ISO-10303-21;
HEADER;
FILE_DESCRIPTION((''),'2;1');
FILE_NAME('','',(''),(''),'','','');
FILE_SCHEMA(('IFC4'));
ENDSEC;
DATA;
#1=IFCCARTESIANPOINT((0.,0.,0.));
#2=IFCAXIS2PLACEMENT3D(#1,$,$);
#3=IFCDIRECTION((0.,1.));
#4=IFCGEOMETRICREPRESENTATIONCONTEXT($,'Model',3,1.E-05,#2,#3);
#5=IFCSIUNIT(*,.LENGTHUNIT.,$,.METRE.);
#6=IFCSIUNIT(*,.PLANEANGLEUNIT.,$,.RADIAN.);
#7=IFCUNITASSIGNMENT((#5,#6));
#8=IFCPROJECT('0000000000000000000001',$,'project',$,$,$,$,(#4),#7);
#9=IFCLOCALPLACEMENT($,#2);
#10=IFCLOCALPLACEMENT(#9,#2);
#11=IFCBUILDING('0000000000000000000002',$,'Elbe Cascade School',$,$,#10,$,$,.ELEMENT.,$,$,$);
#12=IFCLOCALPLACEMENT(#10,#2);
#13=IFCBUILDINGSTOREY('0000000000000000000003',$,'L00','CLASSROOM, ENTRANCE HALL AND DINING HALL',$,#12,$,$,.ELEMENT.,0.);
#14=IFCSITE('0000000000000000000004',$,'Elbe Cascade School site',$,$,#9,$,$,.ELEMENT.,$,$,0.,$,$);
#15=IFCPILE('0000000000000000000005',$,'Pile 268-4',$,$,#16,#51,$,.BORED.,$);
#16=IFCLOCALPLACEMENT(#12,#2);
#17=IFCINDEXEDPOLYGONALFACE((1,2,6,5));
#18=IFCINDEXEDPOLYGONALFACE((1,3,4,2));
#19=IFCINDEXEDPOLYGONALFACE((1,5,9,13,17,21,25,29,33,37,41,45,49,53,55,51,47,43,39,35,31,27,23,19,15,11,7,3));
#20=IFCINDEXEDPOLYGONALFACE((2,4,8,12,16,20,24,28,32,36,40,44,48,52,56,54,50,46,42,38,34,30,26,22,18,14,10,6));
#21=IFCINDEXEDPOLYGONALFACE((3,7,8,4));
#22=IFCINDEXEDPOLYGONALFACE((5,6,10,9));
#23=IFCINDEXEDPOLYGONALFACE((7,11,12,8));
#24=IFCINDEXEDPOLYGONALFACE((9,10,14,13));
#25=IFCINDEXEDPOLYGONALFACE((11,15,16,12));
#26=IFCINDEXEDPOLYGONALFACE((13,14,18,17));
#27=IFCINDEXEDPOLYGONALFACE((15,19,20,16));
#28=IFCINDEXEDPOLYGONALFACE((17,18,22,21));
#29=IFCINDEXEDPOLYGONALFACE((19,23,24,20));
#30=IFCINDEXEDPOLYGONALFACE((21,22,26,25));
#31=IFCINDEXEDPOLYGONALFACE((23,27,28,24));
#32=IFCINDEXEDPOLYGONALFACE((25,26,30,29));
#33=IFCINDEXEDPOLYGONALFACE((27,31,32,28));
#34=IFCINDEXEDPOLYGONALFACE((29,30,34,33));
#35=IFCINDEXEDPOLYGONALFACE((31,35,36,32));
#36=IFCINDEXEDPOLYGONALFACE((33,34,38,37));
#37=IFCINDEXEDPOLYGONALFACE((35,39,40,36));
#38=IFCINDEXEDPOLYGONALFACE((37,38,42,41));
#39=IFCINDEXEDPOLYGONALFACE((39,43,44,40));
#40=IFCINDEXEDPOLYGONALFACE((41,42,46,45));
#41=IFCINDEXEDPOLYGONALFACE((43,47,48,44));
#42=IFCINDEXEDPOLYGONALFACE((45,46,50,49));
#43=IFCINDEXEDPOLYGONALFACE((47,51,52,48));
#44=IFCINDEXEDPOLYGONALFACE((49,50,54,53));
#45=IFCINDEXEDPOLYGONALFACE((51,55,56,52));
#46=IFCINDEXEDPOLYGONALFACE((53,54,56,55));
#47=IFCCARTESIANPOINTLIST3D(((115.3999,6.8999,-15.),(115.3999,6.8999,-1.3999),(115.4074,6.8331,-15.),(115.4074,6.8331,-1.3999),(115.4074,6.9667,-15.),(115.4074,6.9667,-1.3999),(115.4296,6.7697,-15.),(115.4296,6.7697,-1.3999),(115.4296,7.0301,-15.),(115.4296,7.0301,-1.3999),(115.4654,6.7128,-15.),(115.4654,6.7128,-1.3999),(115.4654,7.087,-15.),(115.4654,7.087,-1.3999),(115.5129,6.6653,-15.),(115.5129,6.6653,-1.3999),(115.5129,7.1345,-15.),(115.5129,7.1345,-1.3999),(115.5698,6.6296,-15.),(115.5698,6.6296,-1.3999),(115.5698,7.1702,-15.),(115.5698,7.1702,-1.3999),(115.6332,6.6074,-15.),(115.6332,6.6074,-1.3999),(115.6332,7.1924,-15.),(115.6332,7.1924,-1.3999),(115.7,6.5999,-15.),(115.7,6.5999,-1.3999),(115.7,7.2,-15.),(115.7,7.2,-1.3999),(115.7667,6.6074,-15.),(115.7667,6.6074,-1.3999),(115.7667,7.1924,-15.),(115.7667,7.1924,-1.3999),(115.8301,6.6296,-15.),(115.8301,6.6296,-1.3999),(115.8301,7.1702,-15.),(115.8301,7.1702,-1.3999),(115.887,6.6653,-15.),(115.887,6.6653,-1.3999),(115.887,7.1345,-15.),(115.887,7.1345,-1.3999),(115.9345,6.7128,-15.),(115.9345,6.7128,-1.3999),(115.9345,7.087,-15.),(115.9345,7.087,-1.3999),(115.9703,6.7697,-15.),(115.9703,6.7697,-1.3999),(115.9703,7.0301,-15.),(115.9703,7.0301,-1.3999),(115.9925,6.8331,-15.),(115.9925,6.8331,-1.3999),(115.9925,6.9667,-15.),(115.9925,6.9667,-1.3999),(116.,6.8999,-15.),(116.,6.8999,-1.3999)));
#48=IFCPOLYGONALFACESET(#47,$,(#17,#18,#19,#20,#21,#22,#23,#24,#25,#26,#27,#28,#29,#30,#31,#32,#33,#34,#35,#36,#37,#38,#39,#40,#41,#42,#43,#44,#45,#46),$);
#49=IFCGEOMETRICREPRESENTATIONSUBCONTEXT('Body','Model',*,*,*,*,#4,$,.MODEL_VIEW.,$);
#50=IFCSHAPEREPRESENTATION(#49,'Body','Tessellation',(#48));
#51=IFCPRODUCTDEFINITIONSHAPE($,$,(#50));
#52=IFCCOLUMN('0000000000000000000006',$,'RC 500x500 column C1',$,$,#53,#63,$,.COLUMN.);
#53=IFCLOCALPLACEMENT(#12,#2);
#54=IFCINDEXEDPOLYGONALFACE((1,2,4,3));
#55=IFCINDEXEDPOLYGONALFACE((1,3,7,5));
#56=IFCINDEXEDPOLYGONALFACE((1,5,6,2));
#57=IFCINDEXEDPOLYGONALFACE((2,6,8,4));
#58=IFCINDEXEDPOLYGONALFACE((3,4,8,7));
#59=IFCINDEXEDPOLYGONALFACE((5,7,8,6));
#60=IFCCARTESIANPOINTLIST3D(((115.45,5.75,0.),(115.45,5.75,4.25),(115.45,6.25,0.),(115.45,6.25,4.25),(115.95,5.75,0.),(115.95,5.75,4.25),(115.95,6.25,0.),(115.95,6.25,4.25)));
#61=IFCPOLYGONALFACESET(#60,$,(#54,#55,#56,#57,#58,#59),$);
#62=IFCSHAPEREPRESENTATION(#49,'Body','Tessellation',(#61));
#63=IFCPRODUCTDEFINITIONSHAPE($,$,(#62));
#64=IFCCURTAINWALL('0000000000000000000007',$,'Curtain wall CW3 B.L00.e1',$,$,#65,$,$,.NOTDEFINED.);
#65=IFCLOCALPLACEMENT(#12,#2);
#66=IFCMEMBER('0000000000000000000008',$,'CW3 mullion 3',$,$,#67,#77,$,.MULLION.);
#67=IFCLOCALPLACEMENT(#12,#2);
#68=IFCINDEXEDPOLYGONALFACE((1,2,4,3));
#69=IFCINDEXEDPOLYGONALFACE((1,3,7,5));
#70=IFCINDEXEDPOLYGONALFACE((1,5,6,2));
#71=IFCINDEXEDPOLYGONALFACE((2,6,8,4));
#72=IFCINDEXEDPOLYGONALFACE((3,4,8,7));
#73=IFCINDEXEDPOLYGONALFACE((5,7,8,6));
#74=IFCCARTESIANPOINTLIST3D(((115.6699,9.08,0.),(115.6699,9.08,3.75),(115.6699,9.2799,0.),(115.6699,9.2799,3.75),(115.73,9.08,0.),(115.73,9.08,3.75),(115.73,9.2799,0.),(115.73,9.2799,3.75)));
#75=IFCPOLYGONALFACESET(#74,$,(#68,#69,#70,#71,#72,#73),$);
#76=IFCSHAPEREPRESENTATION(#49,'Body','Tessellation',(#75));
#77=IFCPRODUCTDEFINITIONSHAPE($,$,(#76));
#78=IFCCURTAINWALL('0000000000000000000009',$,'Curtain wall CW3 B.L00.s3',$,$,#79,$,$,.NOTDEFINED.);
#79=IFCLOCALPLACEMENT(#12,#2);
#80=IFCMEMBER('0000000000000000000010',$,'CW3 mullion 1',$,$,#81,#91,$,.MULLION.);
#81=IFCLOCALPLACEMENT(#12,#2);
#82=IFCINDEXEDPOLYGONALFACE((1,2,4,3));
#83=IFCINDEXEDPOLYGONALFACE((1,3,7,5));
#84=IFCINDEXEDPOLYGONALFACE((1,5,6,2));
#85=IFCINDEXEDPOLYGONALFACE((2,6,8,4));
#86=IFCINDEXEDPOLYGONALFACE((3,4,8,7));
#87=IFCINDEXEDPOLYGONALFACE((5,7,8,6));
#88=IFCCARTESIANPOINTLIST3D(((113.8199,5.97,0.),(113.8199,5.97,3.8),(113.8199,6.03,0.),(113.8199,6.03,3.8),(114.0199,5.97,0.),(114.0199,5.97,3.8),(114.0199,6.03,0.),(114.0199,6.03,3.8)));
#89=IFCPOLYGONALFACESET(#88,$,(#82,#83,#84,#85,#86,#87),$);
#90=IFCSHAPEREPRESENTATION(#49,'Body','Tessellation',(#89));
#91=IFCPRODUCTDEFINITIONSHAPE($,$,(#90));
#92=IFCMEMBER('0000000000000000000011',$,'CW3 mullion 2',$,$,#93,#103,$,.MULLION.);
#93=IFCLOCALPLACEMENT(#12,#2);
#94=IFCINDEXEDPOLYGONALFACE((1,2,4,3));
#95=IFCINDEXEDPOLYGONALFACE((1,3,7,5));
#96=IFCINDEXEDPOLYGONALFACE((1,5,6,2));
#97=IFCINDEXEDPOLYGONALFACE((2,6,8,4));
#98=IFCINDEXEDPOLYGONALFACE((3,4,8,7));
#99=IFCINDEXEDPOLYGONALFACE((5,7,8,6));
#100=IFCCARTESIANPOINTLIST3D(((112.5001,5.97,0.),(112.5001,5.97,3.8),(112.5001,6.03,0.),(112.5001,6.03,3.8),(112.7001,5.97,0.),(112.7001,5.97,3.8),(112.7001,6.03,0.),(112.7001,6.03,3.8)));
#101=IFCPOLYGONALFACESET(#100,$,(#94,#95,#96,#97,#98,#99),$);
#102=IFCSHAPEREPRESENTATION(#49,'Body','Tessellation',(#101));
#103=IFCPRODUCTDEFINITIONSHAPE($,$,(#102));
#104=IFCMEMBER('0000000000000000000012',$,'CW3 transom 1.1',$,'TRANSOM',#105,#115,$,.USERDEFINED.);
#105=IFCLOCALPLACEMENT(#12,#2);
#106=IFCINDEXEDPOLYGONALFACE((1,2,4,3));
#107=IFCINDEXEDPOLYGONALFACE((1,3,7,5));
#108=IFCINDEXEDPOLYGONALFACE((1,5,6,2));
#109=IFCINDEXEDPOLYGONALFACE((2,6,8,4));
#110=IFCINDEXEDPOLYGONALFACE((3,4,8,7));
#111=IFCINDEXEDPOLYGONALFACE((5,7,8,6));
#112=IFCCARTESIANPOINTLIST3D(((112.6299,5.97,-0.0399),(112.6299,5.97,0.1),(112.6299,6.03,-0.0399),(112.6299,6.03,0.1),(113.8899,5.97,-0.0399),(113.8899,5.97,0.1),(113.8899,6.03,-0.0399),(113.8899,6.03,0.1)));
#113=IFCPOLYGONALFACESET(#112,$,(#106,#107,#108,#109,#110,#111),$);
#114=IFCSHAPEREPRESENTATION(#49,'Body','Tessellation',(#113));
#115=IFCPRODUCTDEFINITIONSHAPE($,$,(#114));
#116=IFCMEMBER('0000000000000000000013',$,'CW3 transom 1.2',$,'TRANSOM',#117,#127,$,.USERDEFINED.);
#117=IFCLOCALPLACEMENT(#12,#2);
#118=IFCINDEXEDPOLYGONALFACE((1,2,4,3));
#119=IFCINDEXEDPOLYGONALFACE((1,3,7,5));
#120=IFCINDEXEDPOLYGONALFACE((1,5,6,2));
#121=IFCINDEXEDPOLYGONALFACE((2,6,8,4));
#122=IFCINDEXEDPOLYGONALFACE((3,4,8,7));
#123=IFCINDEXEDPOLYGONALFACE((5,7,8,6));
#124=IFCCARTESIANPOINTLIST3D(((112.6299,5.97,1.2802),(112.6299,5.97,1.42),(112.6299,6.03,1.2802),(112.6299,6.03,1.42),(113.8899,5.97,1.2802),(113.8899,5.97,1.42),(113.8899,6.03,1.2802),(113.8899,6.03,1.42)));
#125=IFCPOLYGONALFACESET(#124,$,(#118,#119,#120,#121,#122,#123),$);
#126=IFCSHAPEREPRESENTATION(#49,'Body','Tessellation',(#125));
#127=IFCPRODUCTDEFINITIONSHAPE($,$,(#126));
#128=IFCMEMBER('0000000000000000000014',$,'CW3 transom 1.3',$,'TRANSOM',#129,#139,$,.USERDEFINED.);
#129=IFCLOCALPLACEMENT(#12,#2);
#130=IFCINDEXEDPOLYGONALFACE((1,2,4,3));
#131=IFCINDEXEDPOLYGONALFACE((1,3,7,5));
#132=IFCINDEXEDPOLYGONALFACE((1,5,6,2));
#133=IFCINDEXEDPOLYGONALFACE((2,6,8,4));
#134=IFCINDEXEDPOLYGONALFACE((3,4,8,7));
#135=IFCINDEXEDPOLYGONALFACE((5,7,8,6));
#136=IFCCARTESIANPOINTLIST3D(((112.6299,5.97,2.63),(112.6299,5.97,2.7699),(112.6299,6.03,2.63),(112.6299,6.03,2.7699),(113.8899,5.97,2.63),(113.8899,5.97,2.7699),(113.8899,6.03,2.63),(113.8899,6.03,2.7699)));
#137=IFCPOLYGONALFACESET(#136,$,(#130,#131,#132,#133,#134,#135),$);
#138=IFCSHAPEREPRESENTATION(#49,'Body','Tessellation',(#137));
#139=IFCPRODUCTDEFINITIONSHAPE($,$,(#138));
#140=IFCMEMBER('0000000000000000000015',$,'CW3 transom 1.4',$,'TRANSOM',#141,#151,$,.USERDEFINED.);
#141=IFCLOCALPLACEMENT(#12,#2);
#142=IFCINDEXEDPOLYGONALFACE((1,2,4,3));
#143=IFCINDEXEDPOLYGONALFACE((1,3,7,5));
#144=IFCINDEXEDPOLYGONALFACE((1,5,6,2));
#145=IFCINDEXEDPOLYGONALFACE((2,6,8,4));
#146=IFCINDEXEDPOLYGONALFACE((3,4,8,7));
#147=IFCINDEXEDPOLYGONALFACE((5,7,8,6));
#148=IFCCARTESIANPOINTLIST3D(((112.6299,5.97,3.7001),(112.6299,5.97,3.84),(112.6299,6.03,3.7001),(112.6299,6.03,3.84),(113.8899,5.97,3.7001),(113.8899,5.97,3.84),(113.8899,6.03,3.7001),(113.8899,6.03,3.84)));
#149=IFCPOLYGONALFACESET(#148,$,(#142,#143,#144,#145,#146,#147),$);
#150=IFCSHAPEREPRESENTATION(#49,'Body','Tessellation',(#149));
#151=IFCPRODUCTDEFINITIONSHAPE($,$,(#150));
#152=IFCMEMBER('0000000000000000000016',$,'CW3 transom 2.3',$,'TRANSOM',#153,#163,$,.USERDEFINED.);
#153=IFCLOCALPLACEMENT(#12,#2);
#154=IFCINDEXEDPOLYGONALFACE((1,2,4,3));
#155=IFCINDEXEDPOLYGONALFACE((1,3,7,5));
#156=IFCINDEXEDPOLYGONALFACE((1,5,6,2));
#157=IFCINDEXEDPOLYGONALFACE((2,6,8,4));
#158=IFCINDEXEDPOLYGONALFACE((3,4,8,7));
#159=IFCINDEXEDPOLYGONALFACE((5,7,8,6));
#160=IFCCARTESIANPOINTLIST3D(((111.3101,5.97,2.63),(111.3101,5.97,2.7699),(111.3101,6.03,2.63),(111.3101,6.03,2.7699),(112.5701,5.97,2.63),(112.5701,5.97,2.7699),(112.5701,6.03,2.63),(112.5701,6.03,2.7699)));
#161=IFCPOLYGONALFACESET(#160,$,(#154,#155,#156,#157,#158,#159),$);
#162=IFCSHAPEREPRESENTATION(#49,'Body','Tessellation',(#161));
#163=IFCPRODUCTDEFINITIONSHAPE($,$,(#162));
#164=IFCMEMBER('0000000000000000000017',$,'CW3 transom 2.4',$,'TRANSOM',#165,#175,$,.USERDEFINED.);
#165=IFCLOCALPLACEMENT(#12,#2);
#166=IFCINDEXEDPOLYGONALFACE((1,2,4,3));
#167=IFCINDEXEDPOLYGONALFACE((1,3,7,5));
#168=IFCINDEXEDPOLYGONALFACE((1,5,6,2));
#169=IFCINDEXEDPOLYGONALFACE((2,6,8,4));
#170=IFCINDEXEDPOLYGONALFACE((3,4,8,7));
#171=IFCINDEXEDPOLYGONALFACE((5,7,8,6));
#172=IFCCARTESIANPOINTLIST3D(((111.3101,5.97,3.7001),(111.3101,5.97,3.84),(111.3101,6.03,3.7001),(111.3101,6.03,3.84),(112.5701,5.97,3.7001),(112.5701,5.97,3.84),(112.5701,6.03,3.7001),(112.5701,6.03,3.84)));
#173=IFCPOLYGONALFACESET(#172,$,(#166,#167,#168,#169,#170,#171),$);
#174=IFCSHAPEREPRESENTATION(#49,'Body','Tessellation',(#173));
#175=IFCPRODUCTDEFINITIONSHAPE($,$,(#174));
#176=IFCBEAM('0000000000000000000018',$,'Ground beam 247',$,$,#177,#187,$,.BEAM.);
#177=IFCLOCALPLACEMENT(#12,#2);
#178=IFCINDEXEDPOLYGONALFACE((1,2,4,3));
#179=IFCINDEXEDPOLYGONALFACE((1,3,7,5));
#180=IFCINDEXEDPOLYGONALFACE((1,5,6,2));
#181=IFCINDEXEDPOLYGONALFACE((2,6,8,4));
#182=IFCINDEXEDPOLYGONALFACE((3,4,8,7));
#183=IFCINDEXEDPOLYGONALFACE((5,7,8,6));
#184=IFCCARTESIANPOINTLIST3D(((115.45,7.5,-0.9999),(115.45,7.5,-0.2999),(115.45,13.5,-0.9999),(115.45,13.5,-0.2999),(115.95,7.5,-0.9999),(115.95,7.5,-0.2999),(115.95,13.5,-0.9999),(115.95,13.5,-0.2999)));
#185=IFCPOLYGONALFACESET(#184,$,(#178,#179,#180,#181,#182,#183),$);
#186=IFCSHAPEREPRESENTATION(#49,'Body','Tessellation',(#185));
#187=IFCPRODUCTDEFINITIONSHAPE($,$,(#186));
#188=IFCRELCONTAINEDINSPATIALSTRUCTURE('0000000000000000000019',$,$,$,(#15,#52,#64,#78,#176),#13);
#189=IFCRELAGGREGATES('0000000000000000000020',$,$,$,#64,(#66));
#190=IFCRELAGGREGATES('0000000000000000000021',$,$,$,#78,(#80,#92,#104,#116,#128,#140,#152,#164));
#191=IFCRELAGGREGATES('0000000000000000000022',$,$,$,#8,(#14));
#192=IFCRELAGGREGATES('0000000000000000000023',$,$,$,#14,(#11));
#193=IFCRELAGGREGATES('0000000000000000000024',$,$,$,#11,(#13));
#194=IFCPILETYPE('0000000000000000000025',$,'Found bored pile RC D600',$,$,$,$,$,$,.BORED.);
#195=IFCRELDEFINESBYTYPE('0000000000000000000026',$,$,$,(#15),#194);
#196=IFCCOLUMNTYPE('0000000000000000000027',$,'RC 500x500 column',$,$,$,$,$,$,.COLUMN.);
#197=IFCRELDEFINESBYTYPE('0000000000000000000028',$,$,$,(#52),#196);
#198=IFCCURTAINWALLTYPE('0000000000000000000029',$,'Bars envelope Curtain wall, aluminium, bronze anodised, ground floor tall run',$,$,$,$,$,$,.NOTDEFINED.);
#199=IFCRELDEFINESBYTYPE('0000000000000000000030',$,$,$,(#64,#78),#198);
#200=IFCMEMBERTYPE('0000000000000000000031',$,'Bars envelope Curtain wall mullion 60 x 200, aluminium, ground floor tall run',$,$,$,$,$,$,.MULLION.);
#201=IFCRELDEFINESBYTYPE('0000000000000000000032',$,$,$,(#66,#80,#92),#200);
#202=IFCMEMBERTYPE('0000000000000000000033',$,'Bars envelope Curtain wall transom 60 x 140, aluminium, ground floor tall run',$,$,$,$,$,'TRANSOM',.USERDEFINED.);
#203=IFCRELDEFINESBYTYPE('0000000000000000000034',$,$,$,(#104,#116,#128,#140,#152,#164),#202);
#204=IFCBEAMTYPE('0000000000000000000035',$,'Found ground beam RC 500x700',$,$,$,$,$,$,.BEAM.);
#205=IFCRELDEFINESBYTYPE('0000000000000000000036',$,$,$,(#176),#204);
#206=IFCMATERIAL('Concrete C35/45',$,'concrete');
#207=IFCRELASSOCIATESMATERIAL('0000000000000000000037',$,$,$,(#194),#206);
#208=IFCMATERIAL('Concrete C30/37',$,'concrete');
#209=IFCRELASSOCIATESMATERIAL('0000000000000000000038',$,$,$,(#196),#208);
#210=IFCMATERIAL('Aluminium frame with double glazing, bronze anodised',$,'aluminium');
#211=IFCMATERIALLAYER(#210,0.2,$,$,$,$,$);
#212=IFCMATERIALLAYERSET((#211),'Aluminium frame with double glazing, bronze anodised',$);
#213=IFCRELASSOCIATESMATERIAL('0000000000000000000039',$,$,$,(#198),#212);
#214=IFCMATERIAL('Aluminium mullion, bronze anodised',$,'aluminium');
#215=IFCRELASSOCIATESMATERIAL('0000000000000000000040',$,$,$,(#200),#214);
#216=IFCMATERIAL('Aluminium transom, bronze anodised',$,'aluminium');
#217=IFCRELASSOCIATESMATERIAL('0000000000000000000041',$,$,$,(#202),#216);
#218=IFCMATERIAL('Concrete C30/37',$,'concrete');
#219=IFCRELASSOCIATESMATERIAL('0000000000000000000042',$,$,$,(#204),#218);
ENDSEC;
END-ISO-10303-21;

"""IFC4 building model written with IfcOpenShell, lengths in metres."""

from ifc_helpers import new_model, si_unit, direction, frame, origin, origin_2d, place, context, subcontext, project, spatial, rectangle, circle, extrude, material, layer, layer_set, material_profile, profile_set, type_object, element, aggregate, save


model = new_model("IFC4")

# Units and contexts
model_context = context("Model", 3, precision=1e-05, world=origin(), true_north=direction((0.0, 1.0)))
body_context = subcontext(model_context, "Body", "Model", "MODEL_VIEW")
ifc_project = project(units=[si_unit("LENGTHUNIT", "METRE"), si_unit("PLANEANGLEUNIT", "RADIAN")], contexts=[model_context])

# Site, building, storey
site_placement = place(None, origin())
site = spatial("IfcSite", under=ifc_project, at=site_placement, Name="Elbe Cascade School site", CompositionType="ELEMENT", RefElevation=0.0)
building_placement = place(site_placement, origin())
building = spatial("IfcBuilding", under=site, at=building_placement, Name="Elbe Cascade School", CompositionType="ELEMENT")
storey_placement = place(building_placement, origin())
storey = spatial("IfcBuildingStorey", under=building, at=storey_placement, Name="L00", Description="CLASSROOM, ENTRANCE HALL AND DINING HALL", CompositionType="ELEMENT", Elevation=0.0)

# Pile
ifc_material_1 = material(Name="Concrete C35/45", Category="concrete")
ifc_material_profile_1 = material_profile(ifc_material_1, circle(Radius=0.3, at=origin_2d()), Name="RC D600")
ifc_profile_set_1 = profile_set([ifc_material_profile_1], Name="Concrete C35/45")
pile_type = type_object("IfcPileType", Name="Found bored pile RC D600", PredefinedType="BORED", material=ifc_profile_set_1)
pile_placement = place(storey_placement, frame((115.7, 6.8999, -1.3999), z_axis=(0.0, 0.0, -1.0), x_axis=(1.0, 0.0, 0.0)))
element("IfcPile", 1, at=pile_placement, inside=storey, type_object=pile_type, Name="Pile 268-4", PredefinedType="BORED", context=body_context, shape_type="SweptSolid", body=[
    extrude(circle(Radius=0.3, at=origin_2d()), origin(), (0.0, 0.0, 1.0), 13.6001),
])

# Column
ifc_material_2 = material(Name="Concrete C30/37", Category="concrete")
ifc_material_profile_2 = material_profile(ifc_material_2, rectangle(XDim=0.5, YDim=0.5, at=origin_2d()), Name="RC 500x500")
ifc_profile_set_2 = profile_set([ifc_material_profile_2], Name="Concrete C30/37")
column_type = type_object("IfcColumnType", Name="RC 500x500 column", PredefinedType="COLUMN", material=ifc_profile_set_2)
column_placement = place(storey_placement, frame((115.7, 6.0, 0.0), z_axis=(0.0, 0.0, 1.0), x_axis=(1.0, 0.0, 0.0)))
element("IfcColumn", 2, at=column_placement, inside=storey, type_object=column_type, Name="RC 500x500 column C1", PredefinedType="COLUMN", context=body_context, shape_type="SweptSolid", body=[
    extrude(rectangle(XDim=0.5, YDim=0.5, at=origin_2d()), origin(), (0.0, 0.0, 1.0), 4.25),
])

# Curtain wall, member
ifc_material_3 = material(Name="Aluminium frame with double glazing, bronze anodised", Category="aluminium")
ifc_layer_1 = layer(ifc_material_3, 0.2)
ifc_layer_set_1 = layer_set([ifc_layer_1], Name="Aluminium frame with double glazing, bronze anodised")
curtain_wall_type = type_object("IfcCurtainWallType", Name="Bars envelope Curtain wall, aluminium, bronze anodised, ground floor tall run", PredefinedType="NOTDEFINED", material=ifc_layer_set_1)
curtain_wall_1_placement = place(storey_placement, origin())
curtain_wall_1 = element("IfcCurtainWall", 3, at=curtain_wall_1_placement, inside=storey, type_object=curtain_wall_type, Name="Curtain wall CW3 B.L00.e1", PredefinedType="NOTDEFINED")
ifc_material_4 = material(Name="Aluminium mullion, bronze anodised", Category="aluminium")
ifc_material_profile_3 = material_profile(ifc_material_4, rectangle(XDim=0.0601, YDim=0.2, at=origin_2d()), Name="Bars envelope Curtain wall mullion 60 x 200, aluminium, ground floor tall run")
ifc_profile_set_3 = profile_set([ifc_material_profile_3], Name="Aluminium mullion, bronze anodised")
member_type_1 = type_object("IfcMemberType", Name="Bars envelope Curtain wall mullion 60 x 200, aluminium, ground floor tall run", PredefinedType="MULLION", material=ifc_profile_set_3)
member_1_placement = place(storey_placement, frame((115.7, 9.1799, 0.0), z_axis=(0.0, 0.0, 1.0), x_axis=(1.0, 0.0, 0.0)))
member_1 = element("IfcMember", 4, at=member_1_placement, type_object=member_type_1, Name="CW3 mullion 3", PredefinedType="MULLION", context=body_context, shape_type="SweptSolid", body=[
    extrude(rectangle(XDim=0.0601, YDim=0.2, at=origin_2d()), origin(), (0.0, 0.0, 1.0), 3.75),
])

# Curtain wall, members
curtain_wall_2_placement = place(storey_placement, origin())
curtain_wall_2 = element("IfcCurtainWall", 5, at=curtain_wall_2_placement, inside=storey, type_object=curtain_wall_type, Name="Curtain wall CW3 B.L00.s3", PredefinedType="NOTDEFINED")
member_2_placement = place(storey_placement, frame((113.9199, 6.0, 0.0), z_axis=(0.0, 0.0, 1.0), x_axis=(0.0, -1.0, 0.0)))
member_2 = element("IfcMember", 6, at=member_2_placement, type_object=member_type_1, Name="CW3 mullion 1", PredefinedType="MULLION", context=body_context, shape_type="SweptSolid", body=[
    extrude(rectangle(XDim=0.0601, YDim=0.2, at=origin_2d()), origin(), (0.0, 0.0, 1.0), 3.8),
])
member_3_placement = place(storey_placement, frame((112.6001, 6.0, 0.0), z_axis=(0.0, 0.0, 1.0), x_axis=(0.0, -1.0, 0.0)))
member_3 = element("IfcMember", 7, at=member_3_placement, type_object=member_type_1, Name="CW3 mullion 2", PredefinedType="MULLION", context=body_context, shape_type="SweptSolid", body=[
    extrude(rectangle(XDim=0.0601, YDim=0.2, at=origin_2d()), origin(), (0.0, 0.0, 1.0), 3.8),
])
ifc_material_5 = material(Name="Aluminium transom, bronze anodised", Category="aluminium")
ifc_material_profile_4 = material_profile(ifc_material_5, rectangle(XDim=0.0601, YDim=0.1399, at=origin_2d()), Name="Bars envelope Curtain wall transom 60 x 140, aluminium, ground floor tall run")
ifc_profile_set_4 = profile_set([ifc_material_profile_4], Name="Aluminium transom, bronze anodised")
member_type_2 = type_object("IfcMemberType", Name="Bars envelope Curtain wall transom 60 x 140, aluminium, ground floor tall run", ElementType="TRANSOM", PredefinedType="USERDEFINED", material=ifc_profile_set_4)
member_4_placement = place(storey_placement, frame((113.8899, 6.0, 0.03), z_axis=(-1.0, 0.0, 0.0), x_axis=(0.0, -1.0, 0.0)))
member_4 = element("IfcMember", 8, at=member_4_placement, type_object=member_type_2, Name="CW3 transom 1.1", ObjectType="TRANSOM", PredefinedType="USERDEFINED", context=body_context, shape_type="SweptSolid", body=[
    extrude(rectangle(XDim=0.0601, YDim=0.1399, at=origin_2d()), origin(), (0.0, 0.0, 1.0), 1.26),
])
member_5_placement = place(storey_placement, frame((113.8899, 6.0, 1.3501), z_axis=(-1.0, 0.0, 0.0), x_axis=(0.0, -1.0, 0.0)))
member_5 = element("IfcMember", 9, at=member_5_placement, type_object=member_type_2, Name="CW3 transom 1.2", ObjectType="TRANSOM", PredefinedType="USERDEFINED", context=body_context, shape_type="SweptSolid", body=[
    extrude(rectangle(XDim=0.0601, YDim=0.1399, at=origin_2d()), origin(), (0.0, 0.0, 1.0), 1.26),
])
member_6_placement = place(storey_placement, frame((113.8899, 6.0, 2.7), z_axis=(-1.0, 0.0, 0.0), x_axis=(0.0, -1.0, 0.0)))
member_6 = element("IfcMember", 10, at=member_6_placement, type_object=member_type_2, Name="CW3 transom 1.3", ObjectType="TRANSOM", PredefinedType="USERDEFINED", context=body_context, shape_type="SweptSolid", body=[
    extrude(rectangle(XDim=0.0601, YDim=0.1399, at=origin_2d()), origin(), (0.0, 0.0, 1.0), 1.26),
])
member_7_placement = place(storey_placement, frame((113.8899, 6.0, 3.77), z_axis=(-1.0, 0.0, 0.0), x_axis=(0.0, -1.0, 0.0)))
member_7 = element("IfcMember", 11, at=member_7_placement, type_object=member_type_2, Name="CW3 transom 1.4", ObjectType="TRANSOM", PredefinedType="USERDEFINED", context=body_context, shape_type="SweptSolid", body=[
    extrude(rectangle(XDim=0.0601, YDim=0.1399, at=origin_2d()), origin(), (0.0, 0.0, 1.0), 1.26),
])
member_8_placement = place(storey_placement, frame((112.5701, 6.0, 2.7), z_axis=(-1.0, 0.0, 0.0), x_axis=(0.0, -1.0, 0.0)))
member_8 = element("IfcMember", 12, at=member_8_placement, type_object=member_type_2, Name="CW3 transom 2.3", ObjectType="TRANSOM", PredefinedType="USERDEFINED", context=body_context, shape_type="SweptSolid", body=[
    extrude(rectangle(XDim=0.0601, YDim=0.1399, at=origin_2d()), origin(), (0.0, 0.0, 1.0), 1.26),
])
member_9_placement = place(storey_placement, frame((112.5701, 6.0, 3.77), z_axis=(-1.0, 0.0, 0.0), x_axis=(0.0, -1.0, 0.0)))
member_9 = element("IfcMember", 13, at=member_9_placement, type_object=member_type_2, Name="CW3 transom 2.4", ObjectType="TRANSOM", PredefinedType="USERDEFINED", context=body_context, shape_type="SweptSolid", body=[
    extrude(rectangle(XDim=0.0601, YDim=0.1399, at=origin_2d()), origin(), (0.0, 0.0, 1.0), 1.26),
])

# Beam
ifc_material_6 = material(Name="Concrete C30/37", Category="concrete")
ifc_material_profile_5 = material_profile(ifc_material_6, rectangle(XDim=0.5, YDim=0.7, at=origin_2d()), Name="RC 500x700")
ifc_profile_set_5 = profile_set([ifc_material_profile_5], Name="Concrete C30/37")
beam_type_1 = type_object("IfcBeamType", Name="Found ground beam RC 500x700", PredefinedType="BEAM", material=ifc_profile_set_5)
beam_1_placement = place(storey_placement, frame((115.7, 7.5, -0.6499), z_axis=(0.0, 1.0, 0.0), x_axis=(-1.0, 0.0, 0.0)))
element("IfcBeam", 14, at=beam_1_placement, inside=storey, type_object=beam_type_1, Name="Ground beam 247", PredefinedType="BEAM", context=body_context, shape_type="SweptSolid", body=[
    extrude(rectangle(XDim=0.5, YDim=0.7, at=origin_2d()), origin(), (0.0, 0.0, 1.0), 6.0),
])

aggregate(curtain_wall_1, [member_1])
aggregate(curtain_wall_2, [member_2, member_3, member_4, member_5, member_6, member_7, member_8, member_9])

save(model, "model.ifc")
